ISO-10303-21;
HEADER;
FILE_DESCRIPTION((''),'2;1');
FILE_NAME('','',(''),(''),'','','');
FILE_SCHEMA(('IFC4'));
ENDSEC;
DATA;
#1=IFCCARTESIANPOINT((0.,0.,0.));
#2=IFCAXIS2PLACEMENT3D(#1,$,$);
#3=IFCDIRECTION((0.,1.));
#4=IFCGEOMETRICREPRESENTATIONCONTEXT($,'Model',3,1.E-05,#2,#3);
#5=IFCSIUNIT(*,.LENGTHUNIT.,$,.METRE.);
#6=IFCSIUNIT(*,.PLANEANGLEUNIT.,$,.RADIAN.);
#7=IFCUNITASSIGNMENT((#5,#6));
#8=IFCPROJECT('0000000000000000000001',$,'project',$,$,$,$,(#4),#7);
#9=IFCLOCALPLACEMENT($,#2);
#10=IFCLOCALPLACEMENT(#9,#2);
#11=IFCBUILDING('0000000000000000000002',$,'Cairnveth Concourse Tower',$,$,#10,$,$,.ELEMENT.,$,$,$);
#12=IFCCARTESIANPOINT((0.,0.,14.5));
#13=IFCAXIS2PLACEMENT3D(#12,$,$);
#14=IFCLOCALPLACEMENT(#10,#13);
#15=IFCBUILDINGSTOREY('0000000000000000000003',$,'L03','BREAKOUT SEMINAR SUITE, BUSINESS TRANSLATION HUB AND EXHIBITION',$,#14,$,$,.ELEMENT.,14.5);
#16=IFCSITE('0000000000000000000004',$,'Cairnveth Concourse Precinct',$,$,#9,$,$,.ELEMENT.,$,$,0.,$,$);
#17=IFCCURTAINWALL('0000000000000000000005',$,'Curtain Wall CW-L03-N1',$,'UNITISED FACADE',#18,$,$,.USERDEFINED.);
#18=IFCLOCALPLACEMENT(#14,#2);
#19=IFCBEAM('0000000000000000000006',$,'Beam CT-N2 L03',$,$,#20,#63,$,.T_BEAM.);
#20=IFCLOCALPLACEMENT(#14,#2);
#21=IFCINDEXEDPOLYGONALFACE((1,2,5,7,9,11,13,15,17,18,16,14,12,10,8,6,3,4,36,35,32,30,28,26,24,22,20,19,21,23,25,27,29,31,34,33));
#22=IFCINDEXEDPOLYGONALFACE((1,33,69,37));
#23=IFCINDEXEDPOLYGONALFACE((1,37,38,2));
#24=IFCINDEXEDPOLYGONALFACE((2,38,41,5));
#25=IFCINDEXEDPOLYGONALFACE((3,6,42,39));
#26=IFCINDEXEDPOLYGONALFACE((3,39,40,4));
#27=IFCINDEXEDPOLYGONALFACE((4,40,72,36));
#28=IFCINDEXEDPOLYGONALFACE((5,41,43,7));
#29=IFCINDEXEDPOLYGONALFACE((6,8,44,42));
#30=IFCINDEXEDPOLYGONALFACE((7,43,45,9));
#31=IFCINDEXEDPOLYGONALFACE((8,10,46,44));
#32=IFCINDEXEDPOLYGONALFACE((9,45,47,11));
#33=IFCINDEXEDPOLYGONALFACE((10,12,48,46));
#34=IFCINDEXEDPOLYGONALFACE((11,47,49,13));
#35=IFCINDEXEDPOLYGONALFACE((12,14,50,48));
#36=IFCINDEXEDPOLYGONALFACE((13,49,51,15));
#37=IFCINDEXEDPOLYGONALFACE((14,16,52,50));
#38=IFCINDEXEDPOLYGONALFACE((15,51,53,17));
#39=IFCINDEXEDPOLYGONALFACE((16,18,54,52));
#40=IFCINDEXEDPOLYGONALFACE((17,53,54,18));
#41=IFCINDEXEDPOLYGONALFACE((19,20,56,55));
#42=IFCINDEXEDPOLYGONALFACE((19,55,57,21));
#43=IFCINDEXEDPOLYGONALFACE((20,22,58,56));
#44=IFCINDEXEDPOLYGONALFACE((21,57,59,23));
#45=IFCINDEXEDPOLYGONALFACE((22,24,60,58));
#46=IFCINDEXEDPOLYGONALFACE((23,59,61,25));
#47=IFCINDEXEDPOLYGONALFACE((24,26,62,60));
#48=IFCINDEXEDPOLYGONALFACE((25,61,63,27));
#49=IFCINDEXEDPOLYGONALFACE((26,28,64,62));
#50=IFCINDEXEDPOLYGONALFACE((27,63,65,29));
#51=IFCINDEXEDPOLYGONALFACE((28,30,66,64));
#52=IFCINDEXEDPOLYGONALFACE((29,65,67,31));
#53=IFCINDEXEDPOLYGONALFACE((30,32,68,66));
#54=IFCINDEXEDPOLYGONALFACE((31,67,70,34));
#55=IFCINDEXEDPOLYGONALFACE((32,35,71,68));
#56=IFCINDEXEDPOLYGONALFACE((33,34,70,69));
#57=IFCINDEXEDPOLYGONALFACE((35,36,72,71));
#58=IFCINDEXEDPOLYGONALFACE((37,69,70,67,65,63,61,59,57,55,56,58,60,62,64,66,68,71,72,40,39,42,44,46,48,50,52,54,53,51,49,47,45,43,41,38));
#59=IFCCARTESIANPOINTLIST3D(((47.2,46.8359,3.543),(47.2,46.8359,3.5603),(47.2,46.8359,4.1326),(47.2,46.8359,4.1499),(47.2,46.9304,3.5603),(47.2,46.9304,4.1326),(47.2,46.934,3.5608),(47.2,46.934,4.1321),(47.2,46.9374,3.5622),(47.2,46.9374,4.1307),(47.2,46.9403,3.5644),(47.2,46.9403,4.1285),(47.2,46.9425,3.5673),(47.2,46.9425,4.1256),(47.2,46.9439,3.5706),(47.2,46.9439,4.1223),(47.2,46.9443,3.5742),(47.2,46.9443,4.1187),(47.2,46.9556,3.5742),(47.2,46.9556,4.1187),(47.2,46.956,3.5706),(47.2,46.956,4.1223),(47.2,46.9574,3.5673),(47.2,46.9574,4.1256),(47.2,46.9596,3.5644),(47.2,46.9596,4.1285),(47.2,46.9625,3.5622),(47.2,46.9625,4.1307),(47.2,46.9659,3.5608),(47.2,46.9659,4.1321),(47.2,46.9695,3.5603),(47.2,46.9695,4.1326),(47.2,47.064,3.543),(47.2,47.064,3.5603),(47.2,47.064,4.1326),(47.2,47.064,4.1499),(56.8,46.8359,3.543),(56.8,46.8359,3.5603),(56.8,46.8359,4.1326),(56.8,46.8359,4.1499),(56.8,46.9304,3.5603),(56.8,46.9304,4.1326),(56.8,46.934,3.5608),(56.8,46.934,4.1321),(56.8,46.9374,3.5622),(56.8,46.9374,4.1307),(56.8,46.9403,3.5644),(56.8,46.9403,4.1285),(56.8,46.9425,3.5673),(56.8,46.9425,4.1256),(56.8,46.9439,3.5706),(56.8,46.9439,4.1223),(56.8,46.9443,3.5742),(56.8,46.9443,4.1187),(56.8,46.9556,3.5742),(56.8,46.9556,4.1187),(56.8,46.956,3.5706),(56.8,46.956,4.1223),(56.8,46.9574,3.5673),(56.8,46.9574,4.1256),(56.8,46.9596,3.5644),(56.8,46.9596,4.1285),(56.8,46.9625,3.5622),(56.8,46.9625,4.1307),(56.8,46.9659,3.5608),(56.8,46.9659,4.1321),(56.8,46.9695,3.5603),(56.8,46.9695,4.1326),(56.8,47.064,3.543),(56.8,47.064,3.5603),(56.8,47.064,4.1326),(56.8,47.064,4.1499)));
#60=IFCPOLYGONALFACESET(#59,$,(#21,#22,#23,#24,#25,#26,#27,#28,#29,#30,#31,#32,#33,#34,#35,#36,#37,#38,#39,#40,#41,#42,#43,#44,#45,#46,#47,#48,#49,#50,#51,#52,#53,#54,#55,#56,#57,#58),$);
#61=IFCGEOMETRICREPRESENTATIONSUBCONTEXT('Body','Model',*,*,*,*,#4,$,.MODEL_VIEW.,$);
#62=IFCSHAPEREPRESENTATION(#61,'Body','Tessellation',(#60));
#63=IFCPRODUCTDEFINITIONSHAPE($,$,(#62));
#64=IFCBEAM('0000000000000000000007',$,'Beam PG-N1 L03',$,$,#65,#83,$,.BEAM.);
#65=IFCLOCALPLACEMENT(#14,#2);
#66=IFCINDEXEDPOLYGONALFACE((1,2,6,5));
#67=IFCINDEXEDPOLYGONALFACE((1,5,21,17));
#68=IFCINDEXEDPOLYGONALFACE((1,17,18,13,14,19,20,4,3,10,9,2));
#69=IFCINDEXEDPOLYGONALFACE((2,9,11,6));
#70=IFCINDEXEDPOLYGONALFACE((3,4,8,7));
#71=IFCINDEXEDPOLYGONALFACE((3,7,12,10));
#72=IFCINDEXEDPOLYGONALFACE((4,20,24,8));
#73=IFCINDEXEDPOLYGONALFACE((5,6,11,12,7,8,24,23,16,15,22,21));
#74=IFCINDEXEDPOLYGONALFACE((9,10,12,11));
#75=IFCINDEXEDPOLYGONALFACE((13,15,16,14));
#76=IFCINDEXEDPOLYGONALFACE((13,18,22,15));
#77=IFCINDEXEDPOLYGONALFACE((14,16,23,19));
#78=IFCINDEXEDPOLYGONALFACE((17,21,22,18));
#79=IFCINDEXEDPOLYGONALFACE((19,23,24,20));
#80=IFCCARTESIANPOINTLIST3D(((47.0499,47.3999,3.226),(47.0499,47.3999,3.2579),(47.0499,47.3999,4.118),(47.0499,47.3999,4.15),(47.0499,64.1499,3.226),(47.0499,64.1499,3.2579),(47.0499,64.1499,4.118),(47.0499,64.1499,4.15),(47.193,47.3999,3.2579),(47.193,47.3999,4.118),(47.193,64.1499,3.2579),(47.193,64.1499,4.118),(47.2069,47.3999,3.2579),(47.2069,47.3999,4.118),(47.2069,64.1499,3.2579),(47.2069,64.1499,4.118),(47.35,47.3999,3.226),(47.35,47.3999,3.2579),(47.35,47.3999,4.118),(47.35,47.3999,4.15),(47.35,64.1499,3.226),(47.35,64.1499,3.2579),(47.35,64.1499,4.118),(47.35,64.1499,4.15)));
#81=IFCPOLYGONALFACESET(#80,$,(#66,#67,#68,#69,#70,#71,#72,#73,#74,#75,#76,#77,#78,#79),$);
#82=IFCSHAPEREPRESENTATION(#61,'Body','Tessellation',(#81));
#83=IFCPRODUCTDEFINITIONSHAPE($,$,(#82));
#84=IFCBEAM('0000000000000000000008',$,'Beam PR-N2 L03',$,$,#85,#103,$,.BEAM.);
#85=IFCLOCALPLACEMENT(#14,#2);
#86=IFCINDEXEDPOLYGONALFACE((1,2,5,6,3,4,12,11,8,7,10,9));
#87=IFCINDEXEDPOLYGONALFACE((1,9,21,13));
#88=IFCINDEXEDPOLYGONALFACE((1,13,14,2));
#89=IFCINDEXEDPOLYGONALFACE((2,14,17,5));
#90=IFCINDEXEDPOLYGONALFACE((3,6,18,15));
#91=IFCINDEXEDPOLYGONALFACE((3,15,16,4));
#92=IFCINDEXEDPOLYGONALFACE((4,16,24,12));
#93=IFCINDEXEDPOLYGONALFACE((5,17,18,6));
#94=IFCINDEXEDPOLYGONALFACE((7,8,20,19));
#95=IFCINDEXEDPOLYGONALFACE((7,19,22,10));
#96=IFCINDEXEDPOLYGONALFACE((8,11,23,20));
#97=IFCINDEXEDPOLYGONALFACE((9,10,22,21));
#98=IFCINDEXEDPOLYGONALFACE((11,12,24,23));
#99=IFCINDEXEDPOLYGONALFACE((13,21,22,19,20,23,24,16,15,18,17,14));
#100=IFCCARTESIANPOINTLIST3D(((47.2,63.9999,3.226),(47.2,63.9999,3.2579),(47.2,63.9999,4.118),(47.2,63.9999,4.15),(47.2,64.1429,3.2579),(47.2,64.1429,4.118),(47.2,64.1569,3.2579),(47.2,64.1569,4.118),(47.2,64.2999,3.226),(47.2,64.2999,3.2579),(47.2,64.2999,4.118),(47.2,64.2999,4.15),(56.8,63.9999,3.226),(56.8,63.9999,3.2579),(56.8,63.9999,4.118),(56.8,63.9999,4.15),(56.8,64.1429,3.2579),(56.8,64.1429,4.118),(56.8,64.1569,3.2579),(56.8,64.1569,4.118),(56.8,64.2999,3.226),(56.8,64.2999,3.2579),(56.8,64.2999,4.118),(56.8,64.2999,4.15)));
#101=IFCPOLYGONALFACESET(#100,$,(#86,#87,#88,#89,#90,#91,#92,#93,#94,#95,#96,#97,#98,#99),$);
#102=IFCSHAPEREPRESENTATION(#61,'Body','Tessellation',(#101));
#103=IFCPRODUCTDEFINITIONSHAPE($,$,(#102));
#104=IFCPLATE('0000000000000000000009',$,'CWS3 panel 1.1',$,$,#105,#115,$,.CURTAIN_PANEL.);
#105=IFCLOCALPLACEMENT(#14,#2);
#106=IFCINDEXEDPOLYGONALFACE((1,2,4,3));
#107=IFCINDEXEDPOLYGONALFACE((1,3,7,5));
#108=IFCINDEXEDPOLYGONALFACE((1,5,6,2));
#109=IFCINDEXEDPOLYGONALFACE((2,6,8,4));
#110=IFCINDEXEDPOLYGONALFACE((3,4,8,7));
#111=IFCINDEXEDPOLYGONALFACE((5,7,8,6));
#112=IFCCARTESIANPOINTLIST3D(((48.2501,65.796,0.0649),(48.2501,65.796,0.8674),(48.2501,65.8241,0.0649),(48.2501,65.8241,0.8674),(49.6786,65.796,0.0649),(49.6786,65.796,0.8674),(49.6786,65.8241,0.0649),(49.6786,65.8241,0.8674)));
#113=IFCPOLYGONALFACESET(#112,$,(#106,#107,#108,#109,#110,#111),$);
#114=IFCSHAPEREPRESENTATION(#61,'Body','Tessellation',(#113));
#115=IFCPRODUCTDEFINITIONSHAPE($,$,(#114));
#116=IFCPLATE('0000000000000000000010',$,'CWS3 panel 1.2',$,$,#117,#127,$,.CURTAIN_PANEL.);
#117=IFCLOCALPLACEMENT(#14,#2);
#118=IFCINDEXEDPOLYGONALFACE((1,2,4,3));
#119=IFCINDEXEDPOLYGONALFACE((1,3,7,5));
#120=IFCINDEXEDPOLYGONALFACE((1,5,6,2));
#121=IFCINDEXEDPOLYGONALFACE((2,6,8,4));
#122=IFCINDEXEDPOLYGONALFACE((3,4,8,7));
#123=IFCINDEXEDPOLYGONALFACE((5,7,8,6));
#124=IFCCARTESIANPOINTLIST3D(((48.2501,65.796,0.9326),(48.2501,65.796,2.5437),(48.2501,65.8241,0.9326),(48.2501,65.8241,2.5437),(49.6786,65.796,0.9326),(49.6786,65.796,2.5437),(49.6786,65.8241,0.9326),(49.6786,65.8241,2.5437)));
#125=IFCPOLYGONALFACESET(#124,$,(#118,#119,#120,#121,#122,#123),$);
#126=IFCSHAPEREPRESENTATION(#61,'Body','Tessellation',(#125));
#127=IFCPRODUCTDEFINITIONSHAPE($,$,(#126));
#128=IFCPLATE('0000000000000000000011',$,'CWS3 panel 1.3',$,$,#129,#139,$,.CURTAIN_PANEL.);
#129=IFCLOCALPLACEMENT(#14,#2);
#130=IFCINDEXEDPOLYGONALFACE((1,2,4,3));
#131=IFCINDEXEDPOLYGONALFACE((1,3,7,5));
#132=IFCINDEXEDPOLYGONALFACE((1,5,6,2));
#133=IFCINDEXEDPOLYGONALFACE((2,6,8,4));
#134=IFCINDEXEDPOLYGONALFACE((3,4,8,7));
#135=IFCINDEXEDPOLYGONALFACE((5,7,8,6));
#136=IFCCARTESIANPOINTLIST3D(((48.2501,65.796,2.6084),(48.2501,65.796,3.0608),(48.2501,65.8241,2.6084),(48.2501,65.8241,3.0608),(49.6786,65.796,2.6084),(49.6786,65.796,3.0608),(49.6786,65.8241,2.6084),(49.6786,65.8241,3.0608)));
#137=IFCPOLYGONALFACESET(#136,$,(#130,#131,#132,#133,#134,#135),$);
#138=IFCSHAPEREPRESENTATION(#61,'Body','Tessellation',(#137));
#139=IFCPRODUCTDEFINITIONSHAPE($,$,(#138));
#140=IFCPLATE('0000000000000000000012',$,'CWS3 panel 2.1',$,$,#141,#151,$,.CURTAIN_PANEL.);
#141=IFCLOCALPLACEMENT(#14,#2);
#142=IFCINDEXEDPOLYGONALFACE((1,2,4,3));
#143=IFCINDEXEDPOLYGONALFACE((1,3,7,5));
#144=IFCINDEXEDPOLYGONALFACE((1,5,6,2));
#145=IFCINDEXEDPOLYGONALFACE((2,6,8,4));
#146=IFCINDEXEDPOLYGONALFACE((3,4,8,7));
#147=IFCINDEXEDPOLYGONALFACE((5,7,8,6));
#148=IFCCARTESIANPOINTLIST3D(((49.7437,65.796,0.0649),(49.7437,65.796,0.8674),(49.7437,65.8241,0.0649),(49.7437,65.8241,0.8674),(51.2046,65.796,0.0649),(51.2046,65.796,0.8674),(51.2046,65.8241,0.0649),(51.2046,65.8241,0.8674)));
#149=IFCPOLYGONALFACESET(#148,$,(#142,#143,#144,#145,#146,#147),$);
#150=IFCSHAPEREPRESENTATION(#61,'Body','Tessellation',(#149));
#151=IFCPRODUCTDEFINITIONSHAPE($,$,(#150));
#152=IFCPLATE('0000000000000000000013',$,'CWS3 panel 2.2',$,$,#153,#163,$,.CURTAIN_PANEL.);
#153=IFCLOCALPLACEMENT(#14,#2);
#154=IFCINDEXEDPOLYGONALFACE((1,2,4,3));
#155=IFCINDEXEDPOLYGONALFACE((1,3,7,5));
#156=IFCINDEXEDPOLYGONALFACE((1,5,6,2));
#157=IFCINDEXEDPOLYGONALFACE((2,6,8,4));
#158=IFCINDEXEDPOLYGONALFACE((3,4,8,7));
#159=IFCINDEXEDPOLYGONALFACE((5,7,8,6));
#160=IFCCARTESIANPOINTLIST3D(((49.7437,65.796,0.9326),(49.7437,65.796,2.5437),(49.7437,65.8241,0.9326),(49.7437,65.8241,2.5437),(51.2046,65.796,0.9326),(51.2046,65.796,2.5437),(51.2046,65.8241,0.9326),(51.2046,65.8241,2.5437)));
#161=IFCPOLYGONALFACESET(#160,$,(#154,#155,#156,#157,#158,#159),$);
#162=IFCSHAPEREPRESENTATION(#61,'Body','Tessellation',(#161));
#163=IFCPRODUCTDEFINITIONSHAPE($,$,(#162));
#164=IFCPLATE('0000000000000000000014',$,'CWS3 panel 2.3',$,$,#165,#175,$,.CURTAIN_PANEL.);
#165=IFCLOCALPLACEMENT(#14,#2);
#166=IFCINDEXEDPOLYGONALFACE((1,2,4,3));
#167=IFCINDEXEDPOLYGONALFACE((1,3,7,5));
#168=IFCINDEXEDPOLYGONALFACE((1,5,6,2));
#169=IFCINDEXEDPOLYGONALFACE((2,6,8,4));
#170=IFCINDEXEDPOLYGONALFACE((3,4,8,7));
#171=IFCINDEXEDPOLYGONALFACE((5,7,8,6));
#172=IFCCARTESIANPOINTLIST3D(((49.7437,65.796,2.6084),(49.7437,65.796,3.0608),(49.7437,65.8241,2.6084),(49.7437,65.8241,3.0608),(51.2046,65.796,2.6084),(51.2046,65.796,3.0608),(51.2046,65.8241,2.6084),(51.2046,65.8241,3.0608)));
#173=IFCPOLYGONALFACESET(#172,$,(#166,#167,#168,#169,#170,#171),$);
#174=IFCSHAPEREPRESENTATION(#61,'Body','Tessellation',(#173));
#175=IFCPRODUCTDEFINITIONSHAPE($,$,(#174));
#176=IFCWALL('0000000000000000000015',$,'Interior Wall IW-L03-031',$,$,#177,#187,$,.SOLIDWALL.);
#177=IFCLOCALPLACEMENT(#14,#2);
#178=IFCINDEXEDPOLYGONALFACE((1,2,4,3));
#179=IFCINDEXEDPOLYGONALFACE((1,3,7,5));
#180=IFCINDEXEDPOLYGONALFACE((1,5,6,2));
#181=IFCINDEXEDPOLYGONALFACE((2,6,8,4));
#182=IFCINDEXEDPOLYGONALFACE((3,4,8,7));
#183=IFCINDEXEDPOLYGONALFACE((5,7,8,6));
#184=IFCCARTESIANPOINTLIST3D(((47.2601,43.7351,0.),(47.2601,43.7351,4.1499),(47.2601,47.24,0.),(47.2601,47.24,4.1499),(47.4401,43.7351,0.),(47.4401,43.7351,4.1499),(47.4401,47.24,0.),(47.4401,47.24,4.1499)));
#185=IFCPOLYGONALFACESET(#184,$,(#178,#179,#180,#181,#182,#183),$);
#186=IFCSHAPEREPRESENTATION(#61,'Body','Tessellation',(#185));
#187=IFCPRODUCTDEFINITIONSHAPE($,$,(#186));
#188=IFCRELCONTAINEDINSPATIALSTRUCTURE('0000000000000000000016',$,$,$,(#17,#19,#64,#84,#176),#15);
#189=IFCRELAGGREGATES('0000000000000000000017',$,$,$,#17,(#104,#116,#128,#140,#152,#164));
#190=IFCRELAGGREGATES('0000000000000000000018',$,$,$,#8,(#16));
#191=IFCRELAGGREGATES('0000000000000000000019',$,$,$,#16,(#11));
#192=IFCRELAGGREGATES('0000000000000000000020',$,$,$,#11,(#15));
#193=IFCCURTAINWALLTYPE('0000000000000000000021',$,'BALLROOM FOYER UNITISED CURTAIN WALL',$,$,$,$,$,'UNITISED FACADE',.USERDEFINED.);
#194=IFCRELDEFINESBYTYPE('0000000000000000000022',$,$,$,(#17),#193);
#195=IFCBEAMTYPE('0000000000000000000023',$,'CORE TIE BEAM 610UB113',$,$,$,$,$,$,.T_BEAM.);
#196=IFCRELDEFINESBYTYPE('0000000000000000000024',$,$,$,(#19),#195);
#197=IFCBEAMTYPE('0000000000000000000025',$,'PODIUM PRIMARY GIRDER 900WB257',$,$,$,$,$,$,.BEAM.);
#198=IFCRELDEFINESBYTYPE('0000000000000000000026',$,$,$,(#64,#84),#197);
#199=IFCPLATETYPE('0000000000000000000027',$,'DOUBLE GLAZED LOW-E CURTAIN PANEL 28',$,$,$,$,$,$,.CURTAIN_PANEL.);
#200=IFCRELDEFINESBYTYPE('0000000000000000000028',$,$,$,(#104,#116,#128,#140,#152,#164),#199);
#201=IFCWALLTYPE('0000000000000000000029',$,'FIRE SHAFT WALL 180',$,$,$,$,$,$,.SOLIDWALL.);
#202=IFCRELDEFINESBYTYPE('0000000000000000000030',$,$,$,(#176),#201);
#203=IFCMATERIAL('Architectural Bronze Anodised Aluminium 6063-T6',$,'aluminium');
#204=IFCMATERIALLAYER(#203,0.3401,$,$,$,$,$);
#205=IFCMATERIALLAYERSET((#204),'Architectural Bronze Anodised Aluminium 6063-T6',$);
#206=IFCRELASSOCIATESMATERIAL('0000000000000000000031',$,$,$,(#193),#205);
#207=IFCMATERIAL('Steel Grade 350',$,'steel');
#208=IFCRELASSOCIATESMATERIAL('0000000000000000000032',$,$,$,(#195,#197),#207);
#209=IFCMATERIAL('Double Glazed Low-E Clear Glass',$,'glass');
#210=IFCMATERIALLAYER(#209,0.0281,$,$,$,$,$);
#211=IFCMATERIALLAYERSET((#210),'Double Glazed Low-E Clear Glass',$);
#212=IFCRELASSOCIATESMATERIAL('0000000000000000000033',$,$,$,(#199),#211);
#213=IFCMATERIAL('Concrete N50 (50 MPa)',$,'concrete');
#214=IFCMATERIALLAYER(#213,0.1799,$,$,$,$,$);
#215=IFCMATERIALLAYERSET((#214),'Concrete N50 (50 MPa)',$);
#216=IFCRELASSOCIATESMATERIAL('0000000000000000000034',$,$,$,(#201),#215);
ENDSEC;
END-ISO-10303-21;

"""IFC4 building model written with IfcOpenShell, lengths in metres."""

from ifc_helpers import new_model, si_unit, direction, frame, frame_2d, origin, origin_2d, place, context, subcontext, project, spatial, rectangle, i_section, extrude, material, layer, layer_set, material_profile, profile_set, type_object, element, aggregate, save


model = new_model("IFC4")

# Units and contexts
model_context = context("Model", 3, precision=1e-05, world=origin(), true_north=direction((0.0, 1.0)))
body_context = subcontext(model_context, "Body", "Model", "MODEL_VIEW")
ifc_project = project(units=[si_unit("LENGTHUNIT", "METRE"), si_unit("PLANEANGLEUNIT", "RADIAN")], contexts=[model_context])

# Site, building, storey
site_placement = place(None, origin())
site = spatial("IfcSite", under=ifc_project, at=site_placement, Name="Cairnveth Concourse Precinct", CompositionType="ELEMENT", RefElevation=0.0)
building_placement = place(site_placement, origin())
building = spatial("IfcBuilding", under=site, at=building_placement, Name="Cairnveth Concourse Tower", CompositionType="ELEMENT")
storey_placement = place(building_placement, frame((0.0, 0.0, 14.5)))
storey = spatial("IfcBuildingStorey", under=building, at=storey_placement, Name="L03", Description="BREAKOUT SEMINAR SUITE, BUSINESS TRANSLATION HUB AND EXHIBITION", CompositionType="ELEMENT", Elevation=14.5)

# Curtain wall
ifc_material_1 = material(Name="Architectural Bronze Anodised Aluminium 6063-T6", Category="aluminium")
ifc_layer_1 = layer(ifc_material_1, 0.3401)
ifc_layer_set_1 = layer_set([ifc_layer_1], Name="Architectural Bronze Anodised Aluminium 6063-T6")
curtain_wall_type = type_object("IfcCurtainWallType", Name="BALLROOM FOYER UNITISED CURTAIN WALL", ElementType="UNITISED FACADE", PredefinedType="USERDEFINED", material=ifc_layer_set_1)
curtain_wall_placement = place(storey_placement, origin())
curtain_wall = element("IfcCurtainWall", 1, at=curtain_wall_placement, inside=storey, type_object=curtain_wall_type, Name="Curtain Wall CW-L03-N1", ObjectType="UNITISED FACADE", PredefinedType="USERDEFINED")

# Beams
ifc_material_2 = material(Name="Steel Grade 350", Category="steel")
ifc_material_profile_1 = material_profile(ifc_material_2, i_section(OverallWidth=0.228, OverallDepth=0.6069, WebThickness=0.0112, FlangeThickness=0.0173, FilletRadius=0.0139, at=origin_2d()), Name="610UB113")
ifc_profile_set_1 = profile_set([ifc_material_profile_1], Name="Steel Grade 350")
beam_type_1 = type_object("IfcBeamType", Name="CORE TIE BEAM 610UB113", PredefinedType="T_BEAM", material=ifc_profile_set_1)
beam_1_placement = place(storey_placement, frame((47.2, 46.95, 3.8464), z_axis=(1.0, 0.0, 0.0), x_axis=(0.0, 1.0, 0.0)))
element("IfcBeam", 2, at=beam_1_placement, inside=storey, type_object=beam_type_1, Name="Beam CT-N2 L03", PredefinedType="T_BEAM", context=body_context, shape_type="SweptSolid", body=[
    extrude(i_section(OverallWidth=0.228, OverallDepth=0.6069, WebThickness=0.0112, FlangeThickness=0.0173, FilletRadius=0.0139, at=origin_2d()), origin(), (0.0, 0.0, 1.0), 9.6001),
])
ifc_material_profile_2 = material_profile(ifc_material_2, i_section(OverallWidth=0.3, OverallDepth=0.9241, WebThickness=0.0139, FlangeThickness=0.032, at=origin_2d()), Name="900WB257")
ifc_profile_set_2 = profile_set([ifc_material_profile_2], Name="Steel Grade 350")
beam_type_2 = type_object("IfcBeamType", Name="PODIUM PRIMARY GIRDER 900WB257", PredefinedType="BEAM", material=ifc_profile_set_2)
beam_2_placement = place(storey_placement, frame((47.2, 47.3999, 3.688), z_axis=(0.0, 1.0, 0.0), x_axis=(-1.0, 0.0, 0.0)))
element("IfcBeam", 3, at=beam_2_placement, inside=storey, type_object=beam_type_2, Name="Beam PG-N1 L03", PredefinedType="BEAM", context=body_context, shape_type="SweptSolid", body=[
    extrude(i_section(OverallWidth=0.3, OverallDepth=0.9241, WebThickness=0.0139, FlangeThickness=0.032, at=origin_2d()), origin(), (0.0, 0.0, 1.0), 16.75),
])
beam_3_placement = place(storey_placement, frame((47.2, 64.1499, 3.688), z_axis=(1.0, 0.0, 0.0), x_axis=(0.0, 1.0, 0.0)))
element("IfcBeam", 4, at=beam_3_placement, inside=storey, type_object=beam_type_2, Name="Beam PR-N2 L03", PredefinedType="BEAM", context=body_context, shape_type="SweptSolid", body=[
    extrude(i_section(OverallWidth=0.3, OverallDepth=0.9241, WebThickness=0.0139, FlangeThickness=0.032, at=origin_2d()), origin(), (0.0, 0.0, 1.0), 9.6001),
])

# Plates
ifc_material_3 = material(Name="Double Glazed Low-E Clear Glass", Category="glass")
ifc_layer_2 = layer(ifc_material_3, 0.0281)
ifc_layer_set_2 = layer_set([ifc_layer_2], Name="Double Glazed Low-E Clear Glass")
plate_type = type_object("IfcPlateType", Name="DOUBLE GLAZED LOW-E CURTAIN PANEL 28", PredefinedType="CURTAIN_PANEL", material=ifc_layer_set_2)
plate_1_placement = place(storey_placement, frame((48.9644, 65.8101, 0.0649), z_axis=(0.0, 0.0, 1.0), x_axis=(1.0, 0.0, 0.0)))
plate_1 = element("IfcPlate", 5, at=plate_1_placement, type_object=plate_type, Name="CWS3 panel 1.1", PredefinedType="CURTAIN_PANEL", context=body_context, shape_type="SweptSolid", body=[
    extrude(rectangle(XDim=1.4285, YDim=0.0281, at=origin_2d()), origin(), (0.0, 0.0, 1.0), 0.8025),
])
plate_2_placement = place(storey_placement, frame((48.9644, 65.8101, 0.9326), z_axis=(0.0, 0.0, 1.0), x_axis=(1.0, 0.0, 0.0)))
plate_2 = element("IfcPlate", 6, at=plate_2_placement, type_object=plate_type, Name="CWS3 panel 1.2", PredefinedType="CURTAIN_PANEL", context=body_context, shape_type="SweptSolid", body=[
    extrude(rectangle(XDim=1.4285, YDim=0.0281, at=origin_2d()), origin(), (0.0, 0.0, 1.0), 1.6111),
])
plate_3_placement = place(storey_placement, frame((48.9644, 65.8101, 2.6084), z_axis=(0.0, 0.0, 1.0), x_axis=(1.0, 0.0, 0.0)))
plate_3 = element("IfcPlate", 7, at=plate_3_placement, type_object=plate_type, Name="CWS3 panel 1.3", PredefinedType="CURTAIN_PANEL", context=body_context, shape_type="SweptSolid", body=[
    extrude(rectangle(XDim=1.4285, YDim=0.0281, at=origin_2d()), origin(), (0.0, 0.0, 1.0), 0.4524),
])
plate_4_placement = place(storey_placement, frame((50.4741, 65.8101, 0.0649), z_axis=(0.0, 0.0, 1.0), x_axis=(1.0, 0.0, 0.0)))
plate_4 = element("IfcPlate", 8, at=plate_4_placement, type_object=plate_type, Name="CWS3 panel 2.1", PredefinedType="CURTAIN_PANEL", context=body_context, shape_type="SweptSolid", body=[
    extrude(rectangle(XDim=1.4609, YDim=0.0281, at=origin_2d()), origin(), (0.0, 0.0, 1.0), 0.8025),
])
plate_5_placement = place(storey_placement, frame((50.4741, 65.8101, 0.9326), z_axis=(0.0, 0.0, 1.0), x_axis=(1.0, 0.0, 0.0)))
plate_5 = element("IfcPlate", 9, at=plate_5_placement, type_object=plate_type, Name="CWS3 panel 2.2", PredefinedType="CURTAIN_PANEL", context=body_context, shape_type="SweptSolid", body=[
    extrude(rectangle(XDim=1.4609, YDim=0.0281, at=origin_2d()), origin(), (0.0, 0.0, 1.0), 1.6111),
])
plate_6_placement = place(storey_placement, frame((50.4741, 65.8101, 2.6084), z_axis=(0.0, 0.0, 1.0), x_axis=(1.0, 0.0, 0.0)))
plate_6 = element("IfcPlate", 10, at=plate_6_placement, type_object=plate_type, Name="CWS3 panel 2.3", PredefinedType="CURTAIN_PANEL", context=body_context, shape_type="SweptSolid", body=[
    extrude(rectangle(XDim=1.4609, YDim=0.0281, at=origin_2d()), origin(), (0.0, 0.0, 1.0), 0.4524),
])
aggregate(curtain_wall, [plate_1, plate_2, plate_3, plate_4, plate_5, plate_6])

# Wall
ifc_material_4 = material(Name="Concrete N50 (50 MPa)", Category="concrete")
ifc_layer_3 = layer(ifc_material_4, 0.1799)
ifc_layer_set_3 = layer_set([ifc_layer_3], Name="Concrete N50 (50 MPa)")
wall_type_1 = type_object("IfcWallType", Name="FIRE SHAFT WALL 180", PredefinedType="SOLIDWALL", material=ifc_layer_set_3)
wall_1_placement = place(storey_placement, frame((47.3501, 43.7351, 0.0), z_axis=(0.0, 0.0, 1.0), x_axis=(0.0, 1.0, 0.0)))
element("IfcWall", 11, at=wall_1_placement, inside=storey, type_object=wall_type_1, Name="Interior Wall IW-L03-031", PredefinedType="SOLIDWALL", context=body_context, shape_type="SweptSolid", body=[
    extrude(rectangle(XDim=3.5049, YDim=0.1799, at=frame_2d((1.7524, 0.0))), origin(), (0.0, 0.0, 1.0), 4.1499),
])

save(model, "model.ifc")
